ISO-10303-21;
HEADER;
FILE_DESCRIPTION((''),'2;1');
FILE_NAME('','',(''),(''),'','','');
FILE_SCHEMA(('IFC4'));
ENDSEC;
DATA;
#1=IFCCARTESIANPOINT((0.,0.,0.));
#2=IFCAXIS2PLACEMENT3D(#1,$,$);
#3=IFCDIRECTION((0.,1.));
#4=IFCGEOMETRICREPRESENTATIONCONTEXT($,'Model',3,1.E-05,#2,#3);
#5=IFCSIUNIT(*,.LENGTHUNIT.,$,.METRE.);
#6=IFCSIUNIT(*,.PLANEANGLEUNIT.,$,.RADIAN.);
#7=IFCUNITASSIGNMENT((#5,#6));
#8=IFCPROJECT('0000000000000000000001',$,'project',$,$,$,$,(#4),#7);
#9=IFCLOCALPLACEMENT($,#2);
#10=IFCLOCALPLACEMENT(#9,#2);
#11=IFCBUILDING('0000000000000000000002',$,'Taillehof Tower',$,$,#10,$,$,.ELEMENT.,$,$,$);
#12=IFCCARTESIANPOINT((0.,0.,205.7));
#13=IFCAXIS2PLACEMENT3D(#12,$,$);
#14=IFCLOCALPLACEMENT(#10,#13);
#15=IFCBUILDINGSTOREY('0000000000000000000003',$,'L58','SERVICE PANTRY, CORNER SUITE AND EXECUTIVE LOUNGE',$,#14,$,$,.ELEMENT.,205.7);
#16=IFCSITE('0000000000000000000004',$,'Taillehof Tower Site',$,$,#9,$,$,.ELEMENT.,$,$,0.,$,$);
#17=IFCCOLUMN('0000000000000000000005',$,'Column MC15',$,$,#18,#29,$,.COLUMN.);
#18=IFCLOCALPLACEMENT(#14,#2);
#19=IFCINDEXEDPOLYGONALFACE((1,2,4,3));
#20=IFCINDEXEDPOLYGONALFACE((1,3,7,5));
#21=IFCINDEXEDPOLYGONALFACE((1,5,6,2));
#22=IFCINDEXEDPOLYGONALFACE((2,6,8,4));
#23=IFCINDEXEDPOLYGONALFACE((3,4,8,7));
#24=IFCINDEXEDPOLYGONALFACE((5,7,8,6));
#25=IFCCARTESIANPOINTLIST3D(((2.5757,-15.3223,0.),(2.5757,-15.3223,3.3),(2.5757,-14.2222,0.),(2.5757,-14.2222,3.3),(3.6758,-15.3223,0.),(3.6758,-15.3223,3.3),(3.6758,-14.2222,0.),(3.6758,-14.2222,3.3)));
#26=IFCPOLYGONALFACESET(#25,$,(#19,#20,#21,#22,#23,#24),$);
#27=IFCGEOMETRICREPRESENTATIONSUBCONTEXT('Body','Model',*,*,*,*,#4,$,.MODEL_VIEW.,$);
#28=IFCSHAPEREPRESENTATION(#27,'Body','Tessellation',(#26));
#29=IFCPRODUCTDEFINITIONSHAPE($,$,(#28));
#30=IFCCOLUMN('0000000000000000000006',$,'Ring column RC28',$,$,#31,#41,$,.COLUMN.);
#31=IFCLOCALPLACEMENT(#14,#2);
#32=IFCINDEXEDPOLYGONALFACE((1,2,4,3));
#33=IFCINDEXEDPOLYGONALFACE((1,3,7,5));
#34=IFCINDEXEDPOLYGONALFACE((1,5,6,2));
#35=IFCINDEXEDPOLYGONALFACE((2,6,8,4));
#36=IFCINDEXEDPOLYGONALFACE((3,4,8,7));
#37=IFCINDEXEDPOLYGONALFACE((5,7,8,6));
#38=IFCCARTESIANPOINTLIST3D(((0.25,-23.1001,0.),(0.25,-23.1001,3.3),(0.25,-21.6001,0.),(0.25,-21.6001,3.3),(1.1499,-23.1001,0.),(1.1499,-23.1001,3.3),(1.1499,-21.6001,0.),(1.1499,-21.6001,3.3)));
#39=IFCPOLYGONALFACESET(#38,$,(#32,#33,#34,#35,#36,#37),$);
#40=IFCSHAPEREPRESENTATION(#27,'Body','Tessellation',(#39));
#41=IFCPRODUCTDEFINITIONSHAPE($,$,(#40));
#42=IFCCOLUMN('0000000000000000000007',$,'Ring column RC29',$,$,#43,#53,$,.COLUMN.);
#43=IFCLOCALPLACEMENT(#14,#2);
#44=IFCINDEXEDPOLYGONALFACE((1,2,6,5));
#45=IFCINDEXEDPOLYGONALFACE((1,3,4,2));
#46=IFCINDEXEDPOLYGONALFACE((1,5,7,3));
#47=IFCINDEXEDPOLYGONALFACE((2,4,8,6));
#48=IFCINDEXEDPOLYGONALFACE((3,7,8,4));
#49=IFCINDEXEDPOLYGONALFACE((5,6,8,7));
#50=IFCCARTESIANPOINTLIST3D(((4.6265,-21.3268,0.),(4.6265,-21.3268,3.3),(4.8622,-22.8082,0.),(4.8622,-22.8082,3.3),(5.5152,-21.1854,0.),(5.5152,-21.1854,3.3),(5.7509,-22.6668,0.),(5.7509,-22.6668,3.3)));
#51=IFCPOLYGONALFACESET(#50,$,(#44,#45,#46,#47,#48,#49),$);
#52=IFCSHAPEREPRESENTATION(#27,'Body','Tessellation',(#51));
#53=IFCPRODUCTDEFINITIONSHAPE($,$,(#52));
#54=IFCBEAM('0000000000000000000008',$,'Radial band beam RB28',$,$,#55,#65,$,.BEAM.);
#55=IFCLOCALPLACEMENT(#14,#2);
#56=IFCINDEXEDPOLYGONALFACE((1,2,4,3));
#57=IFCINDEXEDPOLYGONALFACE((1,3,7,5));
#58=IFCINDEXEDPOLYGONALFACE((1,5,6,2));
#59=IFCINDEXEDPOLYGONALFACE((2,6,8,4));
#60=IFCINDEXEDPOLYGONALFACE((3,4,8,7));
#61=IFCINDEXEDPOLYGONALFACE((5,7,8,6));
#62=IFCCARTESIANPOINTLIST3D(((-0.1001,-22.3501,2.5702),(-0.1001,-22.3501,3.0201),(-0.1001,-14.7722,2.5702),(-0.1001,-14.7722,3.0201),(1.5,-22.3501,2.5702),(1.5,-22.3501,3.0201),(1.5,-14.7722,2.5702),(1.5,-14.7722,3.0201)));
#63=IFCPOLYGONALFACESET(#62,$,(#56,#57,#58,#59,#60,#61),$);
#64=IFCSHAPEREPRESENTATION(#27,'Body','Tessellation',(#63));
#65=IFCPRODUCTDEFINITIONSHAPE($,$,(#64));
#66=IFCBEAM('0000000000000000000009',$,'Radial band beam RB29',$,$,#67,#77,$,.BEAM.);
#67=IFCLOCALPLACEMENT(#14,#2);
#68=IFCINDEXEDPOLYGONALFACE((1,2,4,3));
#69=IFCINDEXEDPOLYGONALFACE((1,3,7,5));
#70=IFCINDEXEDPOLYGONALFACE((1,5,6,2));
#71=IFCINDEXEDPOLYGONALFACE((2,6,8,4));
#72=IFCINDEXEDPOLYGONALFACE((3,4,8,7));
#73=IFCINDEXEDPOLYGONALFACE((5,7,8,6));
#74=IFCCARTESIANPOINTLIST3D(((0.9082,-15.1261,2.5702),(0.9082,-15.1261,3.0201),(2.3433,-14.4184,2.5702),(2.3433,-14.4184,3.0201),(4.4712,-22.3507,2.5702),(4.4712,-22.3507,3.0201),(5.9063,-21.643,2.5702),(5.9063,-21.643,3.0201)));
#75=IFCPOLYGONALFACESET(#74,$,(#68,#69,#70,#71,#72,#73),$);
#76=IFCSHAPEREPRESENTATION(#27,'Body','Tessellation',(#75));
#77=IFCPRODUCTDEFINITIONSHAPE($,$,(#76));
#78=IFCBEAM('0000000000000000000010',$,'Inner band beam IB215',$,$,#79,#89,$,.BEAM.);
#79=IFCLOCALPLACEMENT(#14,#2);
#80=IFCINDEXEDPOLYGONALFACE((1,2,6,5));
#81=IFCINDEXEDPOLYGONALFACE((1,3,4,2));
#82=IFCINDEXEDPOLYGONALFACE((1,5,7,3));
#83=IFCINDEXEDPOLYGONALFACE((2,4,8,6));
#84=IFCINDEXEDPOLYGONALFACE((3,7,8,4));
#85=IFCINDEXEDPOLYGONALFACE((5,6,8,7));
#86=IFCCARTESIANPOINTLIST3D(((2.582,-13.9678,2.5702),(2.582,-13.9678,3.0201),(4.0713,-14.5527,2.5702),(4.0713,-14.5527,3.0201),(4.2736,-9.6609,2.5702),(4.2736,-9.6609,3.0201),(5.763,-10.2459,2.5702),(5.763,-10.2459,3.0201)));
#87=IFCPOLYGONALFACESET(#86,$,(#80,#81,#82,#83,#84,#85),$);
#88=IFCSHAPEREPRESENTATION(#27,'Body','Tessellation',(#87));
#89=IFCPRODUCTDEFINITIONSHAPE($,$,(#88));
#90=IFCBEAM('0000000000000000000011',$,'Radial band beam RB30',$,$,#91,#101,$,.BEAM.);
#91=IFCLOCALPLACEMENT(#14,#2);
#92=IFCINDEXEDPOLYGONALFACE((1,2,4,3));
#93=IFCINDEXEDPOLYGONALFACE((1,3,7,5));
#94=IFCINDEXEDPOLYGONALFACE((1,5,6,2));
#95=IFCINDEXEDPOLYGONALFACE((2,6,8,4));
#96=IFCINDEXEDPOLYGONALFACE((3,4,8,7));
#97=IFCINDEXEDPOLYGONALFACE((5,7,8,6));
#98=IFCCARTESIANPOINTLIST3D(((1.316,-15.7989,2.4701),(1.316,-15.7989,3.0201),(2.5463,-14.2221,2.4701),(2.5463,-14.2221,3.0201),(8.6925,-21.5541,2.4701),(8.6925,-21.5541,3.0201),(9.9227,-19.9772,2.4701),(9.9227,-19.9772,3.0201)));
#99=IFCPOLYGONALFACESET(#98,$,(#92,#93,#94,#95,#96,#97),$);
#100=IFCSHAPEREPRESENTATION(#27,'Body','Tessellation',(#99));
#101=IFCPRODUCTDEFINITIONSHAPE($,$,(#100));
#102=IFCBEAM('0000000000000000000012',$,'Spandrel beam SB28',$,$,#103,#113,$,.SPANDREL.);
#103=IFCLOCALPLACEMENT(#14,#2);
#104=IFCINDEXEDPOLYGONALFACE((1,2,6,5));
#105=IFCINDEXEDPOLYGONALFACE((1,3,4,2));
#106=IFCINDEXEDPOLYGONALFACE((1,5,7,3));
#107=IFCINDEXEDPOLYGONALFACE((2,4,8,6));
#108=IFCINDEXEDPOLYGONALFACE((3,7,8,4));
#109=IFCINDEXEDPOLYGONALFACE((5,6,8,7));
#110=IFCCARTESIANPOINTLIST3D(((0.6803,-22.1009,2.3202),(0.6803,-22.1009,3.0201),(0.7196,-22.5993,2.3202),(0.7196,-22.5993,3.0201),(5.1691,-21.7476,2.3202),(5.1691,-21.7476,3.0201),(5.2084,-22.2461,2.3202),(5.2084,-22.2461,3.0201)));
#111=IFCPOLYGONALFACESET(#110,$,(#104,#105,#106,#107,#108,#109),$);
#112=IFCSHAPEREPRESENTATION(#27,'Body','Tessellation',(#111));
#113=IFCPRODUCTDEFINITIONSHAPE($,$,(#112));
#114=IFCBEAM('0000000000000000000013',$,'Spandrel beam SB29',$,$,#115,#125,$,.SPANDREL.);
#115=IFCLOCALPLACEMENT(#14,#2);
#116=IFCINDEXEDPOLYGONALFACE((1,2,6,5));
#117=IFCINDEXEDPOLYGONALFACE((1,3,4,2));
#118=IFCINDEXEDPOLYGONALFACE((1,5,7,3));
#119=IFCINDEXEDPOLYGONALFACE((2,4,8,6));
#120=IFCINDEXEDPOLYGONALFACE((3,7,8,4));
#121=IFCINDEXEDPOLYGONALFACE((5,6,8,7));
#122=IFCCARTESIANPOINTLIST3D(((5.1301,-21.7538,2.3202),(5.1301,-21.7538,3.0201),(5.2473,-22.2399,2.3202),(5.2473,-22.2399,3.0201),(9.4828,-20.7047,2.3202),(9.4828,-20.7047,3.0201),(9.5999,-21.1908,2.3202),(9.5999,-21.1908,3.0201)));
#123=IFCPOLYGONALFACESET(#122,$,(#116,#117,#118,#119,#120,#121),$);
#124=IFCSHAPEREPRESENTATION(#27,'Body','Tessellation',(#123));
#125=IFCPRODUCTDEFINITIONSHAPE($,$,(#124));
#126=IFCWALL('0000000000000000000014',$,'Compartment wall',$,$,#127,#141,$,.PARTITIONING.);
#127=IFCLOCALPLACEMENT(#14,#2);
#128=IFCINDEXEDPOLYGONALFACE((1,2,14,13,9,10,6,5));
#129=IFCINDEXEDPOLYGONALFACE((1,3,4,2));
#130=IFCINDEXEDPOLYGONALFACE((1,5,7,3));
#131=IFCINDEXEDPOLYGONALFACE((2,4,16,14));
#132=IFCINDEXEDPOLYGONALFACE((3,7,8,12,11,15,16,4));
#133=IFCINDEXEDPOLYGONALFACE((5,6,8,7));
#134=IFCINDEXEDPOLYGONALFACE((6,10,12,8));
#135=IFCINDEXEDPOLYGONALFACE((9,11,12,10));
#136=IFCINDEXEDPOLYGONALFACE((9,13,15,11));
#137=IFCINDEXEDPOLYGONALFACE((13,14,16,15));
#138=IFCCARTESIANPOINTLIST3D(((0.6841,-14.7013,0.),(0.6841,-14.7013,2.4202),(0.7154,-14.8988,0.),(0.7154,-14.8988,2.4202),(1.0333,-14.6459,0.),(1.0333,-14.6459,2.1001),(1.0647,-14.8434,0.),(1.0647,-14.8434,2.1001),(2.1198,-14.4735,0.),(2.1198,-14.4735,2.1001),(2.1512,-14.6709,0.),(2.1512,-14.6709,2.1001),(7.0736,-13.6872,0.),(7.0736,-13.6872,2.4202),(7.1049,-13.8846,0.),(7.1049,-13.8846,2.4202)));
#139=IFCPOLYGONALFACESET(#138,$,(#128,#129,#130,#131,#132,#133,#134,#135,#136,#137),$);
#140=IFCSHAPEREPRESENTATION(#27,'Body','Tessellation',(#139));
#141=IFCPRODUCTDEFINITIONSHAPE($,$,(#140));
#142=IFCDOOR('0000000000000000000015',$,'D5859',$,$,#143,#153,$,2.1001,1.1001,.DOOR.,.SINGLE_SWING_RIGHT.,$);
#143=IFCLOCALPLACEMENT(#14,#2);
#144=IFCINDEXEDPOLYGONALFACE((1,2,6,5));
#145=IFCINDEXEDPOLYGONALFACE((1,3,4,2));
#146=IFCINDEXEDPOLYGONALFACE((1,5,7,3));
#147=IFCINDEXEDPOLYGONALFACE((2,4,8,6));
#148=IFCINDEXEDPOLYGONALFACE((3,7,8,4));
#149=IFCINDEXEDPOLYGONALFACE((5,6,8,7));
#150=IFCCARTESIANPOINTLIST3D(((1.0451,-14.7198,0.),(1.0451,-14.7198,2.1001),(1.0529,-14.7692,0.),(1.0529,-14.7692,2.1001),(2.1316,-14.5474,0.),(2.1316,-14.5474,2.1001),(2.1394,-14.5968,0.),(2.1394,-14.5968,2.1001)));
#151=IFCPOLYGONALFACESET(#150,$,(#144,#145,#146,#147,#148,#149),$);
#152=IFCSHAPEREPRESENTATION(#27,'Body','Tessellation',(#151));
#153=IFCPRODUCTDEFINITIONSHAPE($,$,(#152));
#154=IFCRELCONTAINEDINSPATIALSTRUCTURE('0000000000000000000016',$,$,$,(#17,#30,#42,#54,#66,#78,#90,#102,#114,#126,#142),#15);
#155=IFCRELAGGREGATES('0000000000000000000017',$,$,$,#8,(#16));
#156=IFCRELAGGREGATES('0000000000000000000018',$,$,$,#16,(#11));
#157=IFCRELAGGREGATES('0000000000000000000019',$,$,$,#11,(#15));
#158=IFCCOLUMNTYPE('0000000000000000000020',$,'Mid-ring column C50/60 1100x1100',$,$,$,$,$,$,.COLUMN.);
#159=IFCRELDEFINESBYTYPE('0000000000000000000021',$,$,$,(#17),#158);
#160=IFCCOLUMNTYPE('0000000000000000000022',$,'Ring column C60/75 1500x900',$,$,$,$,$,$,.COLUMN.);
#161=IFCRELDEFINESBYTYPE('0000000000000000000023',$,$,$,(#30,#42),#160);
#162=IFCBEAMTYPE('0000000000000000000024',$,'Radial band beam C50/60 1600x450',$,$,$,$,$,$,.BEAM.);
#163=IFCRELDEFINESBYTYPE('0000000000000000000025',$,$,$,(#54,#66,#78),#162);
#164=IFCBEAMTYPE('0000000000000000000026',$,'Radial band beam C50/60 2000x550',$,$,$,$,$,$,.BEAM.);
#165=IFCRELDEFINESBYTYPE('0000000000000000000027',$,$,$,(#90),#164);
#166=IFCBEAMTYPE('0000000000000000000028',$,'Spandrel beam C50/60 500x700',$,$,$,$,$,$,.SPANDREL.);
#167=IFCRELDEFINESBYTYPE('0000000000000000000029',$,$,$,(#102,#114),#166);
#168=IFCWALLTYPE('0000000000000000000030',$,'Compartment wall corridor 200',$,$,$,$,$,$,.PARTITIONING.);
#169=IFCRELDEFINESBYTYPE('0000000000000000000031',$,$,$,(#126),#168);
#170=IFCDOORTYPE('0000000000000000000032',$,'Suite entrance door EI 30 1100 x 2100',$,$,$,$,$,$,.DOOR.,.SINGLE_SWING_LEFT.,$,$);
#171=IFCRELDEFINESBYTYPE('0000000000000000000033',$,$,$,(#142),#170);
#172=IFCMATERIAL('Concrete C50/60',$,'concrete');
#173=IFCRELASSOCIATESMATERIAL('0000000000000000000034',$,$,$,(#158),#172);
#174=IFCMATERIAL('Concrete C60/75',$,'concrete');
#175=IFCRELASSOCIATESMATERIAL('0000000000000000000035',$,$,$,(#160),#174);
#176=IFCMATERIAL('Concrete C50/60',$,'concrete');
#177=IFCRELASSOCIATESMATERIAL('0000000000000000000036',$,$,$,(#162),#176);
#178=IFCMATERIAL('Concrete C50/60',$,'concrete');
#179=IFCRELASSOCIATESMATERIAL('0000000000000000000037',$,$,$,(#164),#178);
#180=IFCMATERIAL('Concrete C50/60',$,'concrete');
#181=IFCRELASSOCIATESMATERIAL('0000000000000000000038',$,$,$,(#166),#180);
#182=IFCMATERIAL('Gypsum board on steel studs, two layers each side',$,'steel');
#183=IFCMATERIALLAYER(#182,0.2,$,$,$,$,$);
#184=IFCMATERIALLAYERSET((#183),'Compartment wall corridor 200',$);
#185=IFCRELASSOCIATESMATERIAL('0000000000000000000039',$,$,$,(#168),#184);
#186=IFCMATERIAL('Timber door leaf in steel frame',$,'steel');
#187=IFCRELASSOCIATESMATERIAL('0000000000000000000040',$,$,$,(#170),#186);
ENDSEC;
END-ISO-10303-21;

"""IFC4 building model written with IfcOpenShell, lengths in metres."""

from ifc_helpers import new_model, si_unit, direction, frame, frame_2d, origin, origin_2d, place, context, subcontext, project, spatial, rectangle, extrude, material, layer, layer_set, material_profile, profile_set, type_object, element, fill, save


model = new_model("IFC4")

# Units and contexts
model_context = context("Model", 3, precision=1e-05, world=origin(), true_north=direction((0.0, 1.0)))
body_context = subcontext(model_context, "Body", "Model", "MODEL_VIEW")
ifc_project = project(units=[si_unit("LENGTHUNIT", "METRE"), si_unit("PLANEANGLEUNIT", "RADIAN")], contexts=[model_context])

# Site, building, storey
site_placement = place(None, origin())
site = spatial("IfcSite", under=ifc_project, at=site_placement, Name="Taillehof Tower Site", CompositionType="ELEMENT", RefElevation=0.0)
building_placement = place(site_placement, origin())
building = spatial("IfcBuilding", under=site, at=building_placement, Name="Taillehof Tower", CompositionType="ELEMENT")
storey_placement = place(building_placement, frame((0.0, 0.0, 205.7)))
storey = spatial("IfcBuildingStorey", under=building, at=storey_placement, Name="L58", Description="SERVICE PANTRY, CORNER SUITE AND EXECUTIVE LOUNGE", CompositionType="ELEMENT", Elevation=205.7)

# Columns
ifc_material_1 = material(Name="Concrete C50/60", Category="concrete")
ifc_material_profile_1 = material_profile(ifc_material_1, rectangle(XDim=1.1001, YDim=1.1001, at=origin_2d()), Name="RC 1100x1100")
ifc_profile_set_1 = profile_set([ifc_material_profile_1], Name="Concrete C50/60")
column_type_1 = type_object("IfcColumnType", Name="Mid-ring column C50/60 1100x1100", PredefinedType="COLUMN", material=ifc_profile_set_1)
column_placement = place(storey_placement, frame((3.1257, -14.7722, 0.0), z_axis=(0.0, 0.0, 1.0), x_axis=(1.0, 0.0, 0.0)))
element("IfcColumn", 1, at=column_placement, inside=storey, type_object=column_type_1, Name="Column MC15", PredefinedType="COLUMN", context=body_context, shape_type="SweptSolid", body=[
    extrude(rectangle(XDim=1.1001, YDim=1.1001, at=origin_2d()), origin(), (0.0, 0.0, 1.0), 3.3),
])
ifc_material_2 = material(Name="Concrete C60/75", Category="concrete")
ifc_material_profile_2 = material_profile(ifc_material_2, rectangle(XDim=1.5, YDim=0.8999, at=origin_2d()), Name="RC 1500x900")
ifc_profile_set_2 = profile_set([ifc_material_profile_2], Name="Concrete C60/75")
column_type_2 = type_object("IfcColumnType", Name="Ring column C60/75 1500x900", PredefinedType="COLUMN", material=ifc_profile_set_2)
for number, where, z_axis, x_axis, name in (
    (2, (0.7, -22.3501, 0.0), (0.0, 0.0, 1.0), (0.0, -1.0, 0.0), "Ring column RC28"),
    (3, (5.1887, -21.9968, 0.0), (0.0, 0.0, 1.0), (0.157116, -0.98758, 0.0), "Ring column RC29"),
):
    element("IfcColumn", number, at=place(storey_placement, frame(where, z_axis=z_axis, x_axis=x_axis)), inside=storey, type_object=column_type_2, Name=name, PredefinedType="COLUMN", context=body_context, shape_type="SweptSolid", body=[
        extrude(rectangle(XDim=1.5, YDim=0.8999, at=origin_2d()), origin(), (0.0, 0.0, 1.0), 3.3),
    ])

# Beams
ifc_material_3 = material(Name="Concrete C50/60", Category="concrete")
ifc_material_profile_3 = material_profile(ifc_material_3, rectangle(XDim=1.6001, YDim=0.45, at=origin_2d()), Name="RC 1600x450")
ifc_profile_set_3 = profile_set([ifc_material_profile_3], Name="Concrete C50/60")
beam_type_1 = type_object("IfcBeamType", Name="Radial band beam C50/60 1600x450", PredefinedType="BEAM", material=ifc_profile_set_3)
beam_1_placement = place(storey_placement, frame((0.7, -22.3501, 2.7952), z_axis=(0.0, 1.0, 0.0), x_axis=(-1.0, 0.0, 0.0)))
element("IfcBeam", 4, at=beam_1_placement, inside=storey, type_object=beam_type_1, Name="Radial band beam RB28", PredefinedType="BEAM", context=body_context, shape_type="SweptSolid", body=[
    extrude(rectangle(XDim=1.6001, YDim=0.45, at=origin_2d()), origin(), (0.0, 0.0, 1.0), 7.5779),
])
beam_2_placement = place(storey_placement, frame((5.1887, -21.9968, 2.7952), z_axis=(-0.442309, 0.896863, 0.0), x_axis=(-0.896863, -0.442309, 0.0)))
element("IfcBeam", 5, at=beam_2_placement, inside=storey, type_object=beam_type_1, Name="Radial band beam RB29", PredefinedType="BEAM", context=body_context, shape_type="SweptSolid", body=[
    extrude(rectangle(XDim=1.6001, YDim=0.45, at=origin_2d()), origin(), (0.0, 0.0, 1.0), 8.0554),
])
beam_3_placement = place(storey_placement, frame((3.3267, -14.2603, 2.7952), z_axis=(0.365589, 0.930777, 0.0), x_axis=(-0.930777, 0.365589, 0.0)))
element("IfcBeam", 6, at=beam_3_placement, inside=storey, type_object=beam_type_1, Name="Inner band beam IB215", PredefinedType="BEAM", context=body_context, shape_type="SweptSolid", body=[
    extrude(rectangle(XDim=1.6001, YDim=0.45, at=origin_2d()), origin(), (0.0, 0.0, 1.0), 4.6272),
])
ifc_material_4 = material(Name="Concrete C50/60", Category="concrete")
ifc_material_profile_4 = material_profile(ifc_material_4, rectangle(XDim=2.0, YDim=0.55, at=origin_2d()), Name="RC 2000x550")
ifc_profile_set_4 = profile_set([ifc_material_profile_4], Name="Concrete C50/60")
beam_type_2 = type_object("IfcBeamType", Name="Radial band beam C50/60 2000x550", PredefinedType="BEAM", material=ifc_profile_set_4)
beam_4_placement = place(storey_placement, frame((9.3076, -20.7656, 2.7451), z_axis=(-0.788425, 0.61513, 0.0), x_axis=(-0.61513, -0.788425, 0.0)))
element("IfcBeam", 7, at=beam_4_placement, inside=storey, type_object=beam_type_2, Name="Radial band beam RB30", PredefinedType="BEAM", context=body_context, shape_type="SweptSolid", body=[
    extrude(rectangle(XDim=2.0, YDim=0.55, at=origin_2d()), origin(), (0.0, 0.0, 1.0), 9.356),
])
ifc_material_5 = material(Name="Concrete C50/60", Category="concrete")
ifc_material_profile_5 = material_profile(ifc_material_5, rectangle(XDim=0.5, YDim=0.7, at=origin_2d()), Name="RC 500x700")
ifc_profile_set_5 = profile_set([ifc_material_profile_5], Name="Concrete C50/60")
beam_type_3 = type_object("IfcBeamType", Name="Spandrel beam C50/60 500x700", PredefinedType="SPANDREL", material=ifc_profile_set_5)
beam_5_placement = place(storey_placement, frame((0.7, -22.3501, 2.6702), z_axis=(0.996917, 0.078459, 0.0), x_axis=(-0.078459, 0.996917, 0.0)))
element("IfcBeam", 8, at=beam_5_placement, inside=storey, type_object=beam_type_3, Name="Spandrel beam SB28", PredefinedType="SPANDREL", context=body_context, shape_type="SweptSolid", body=[
    extrude(rectangle(XDim=0.5, YDim=0.7, at=origin_2d()), origin(), (0.0, 0.0, 1.0), 4.5027),
])
beam_6_placement = place(storey_placement, frame((5.1887, -21.9968, 2.6702), z_axis=(0.972161, 0.234315, 0.0), x_axis=(-0.234315, 0.972161, 0.0)))
element("IfcBeam", 9, at=beam_6_placement, inside=storey, type_object=beam_type_3, Name="Spandrel beam SB29", PredefinedType="SPANDREL", context=body_context, shape_type="SweptSolid", body=[
    extrude(rectangle(XDim=0.5, YDim=0.7, at=origin_2d()), origin(), (0.0, 0.0, 1.0), 4.4773),
])

# Wall, opening, door
ifc_material_6 = material(Name="Gypsum board on steel studs, two layers each side", Category="steel")
ifc_layer_1 = layer(ifc_material_6, 0.2)
ifc_layer_set_1 = layer_set([ifc_layer_1], Name="Compartment wall corridor 200")
wall_type_1 = type_object("IfcWallType", Name="Compartment wall corridor 200", PredefinedType="PARTITIONING", material=ifc_layer_set_1)
wall_1_placement = place(storey_placement, frame((7.0894, -13.7859, 0.0), z_axis=(0.0, 0.0, 1.0), x_axis=(-0.987636, -0.156763, 0.0)))
wall_1 = element("IfcWall", 10, at=wall_1_placement, inside=storey, type_object=wall_type_1, Name="Compartment wall", PredefinedType="PARTITIONING", context=body_context, shape_type="SweptSolid", body=[
    extrude(rectangle(XDim=6.4695, YDim=0.2, at=frame_2d((3.2349, 0.0))), origin(), (0.0, 0.0, 1.0), 2.4202),
])
opening_1_placement = place(wall_1_placement, frame((5.0159, 0.0, 0.0)))
opening_1 = element("IfcOpeningElement", 11, at=opening_1_placement, cuts=wall_1, PredefinedType="OPENING", context=body_context, shape_type="SweptSolid", body=[
    extrude(rectangle(XDim=1.1001, YDim=2.1001, at=frame_2d((0.55, 1.05))), frame((0.0, 0.1099, 0.0), z_axis=(0.0, -1.0, 0.0), x_axis=(1.0, 0.0, 0.0)), (0.0, 0.0, 1.0), 0.22),
])
ifc_material_7 = material(Name="Timber door leaf in steel frame", Category="steel")
door_type_1 = type_object("IfcDoorType", Name="Suite entrance door EI 30 1100 x 2100", OperationType="SINGLE_SWING_LEFT", PredefinedType="DOOR", material=ifc_material_7)
door_1_placement = place(opening_1_placement, origin())
door_1 = element("IfcDoor", 12, at=door_1_placement, inside=storey, type_object=door_type_1, Name="D5859", OperationType="SINGLE_SWING_RIGHT", OverallHeight=2.1001, OverallWidth=1.1001, PredefinedType="DOOR", context=body_context, shape_type="SweptSolid", body=[
    extrude(rectangle(XDim=1.1001, YDim=2.1001, at=frame_2d((0.55, 1.05))), frame((0.0, 0.0249, 0.0), z_axis=(0.0, -1.0, 0.0), x_axis=(1.0, 0.0, 0.0)), (0.0, 0.0, 1.0), 0.05),
])
fill(opening_1, door_1)

save(model, "model.ifc")
